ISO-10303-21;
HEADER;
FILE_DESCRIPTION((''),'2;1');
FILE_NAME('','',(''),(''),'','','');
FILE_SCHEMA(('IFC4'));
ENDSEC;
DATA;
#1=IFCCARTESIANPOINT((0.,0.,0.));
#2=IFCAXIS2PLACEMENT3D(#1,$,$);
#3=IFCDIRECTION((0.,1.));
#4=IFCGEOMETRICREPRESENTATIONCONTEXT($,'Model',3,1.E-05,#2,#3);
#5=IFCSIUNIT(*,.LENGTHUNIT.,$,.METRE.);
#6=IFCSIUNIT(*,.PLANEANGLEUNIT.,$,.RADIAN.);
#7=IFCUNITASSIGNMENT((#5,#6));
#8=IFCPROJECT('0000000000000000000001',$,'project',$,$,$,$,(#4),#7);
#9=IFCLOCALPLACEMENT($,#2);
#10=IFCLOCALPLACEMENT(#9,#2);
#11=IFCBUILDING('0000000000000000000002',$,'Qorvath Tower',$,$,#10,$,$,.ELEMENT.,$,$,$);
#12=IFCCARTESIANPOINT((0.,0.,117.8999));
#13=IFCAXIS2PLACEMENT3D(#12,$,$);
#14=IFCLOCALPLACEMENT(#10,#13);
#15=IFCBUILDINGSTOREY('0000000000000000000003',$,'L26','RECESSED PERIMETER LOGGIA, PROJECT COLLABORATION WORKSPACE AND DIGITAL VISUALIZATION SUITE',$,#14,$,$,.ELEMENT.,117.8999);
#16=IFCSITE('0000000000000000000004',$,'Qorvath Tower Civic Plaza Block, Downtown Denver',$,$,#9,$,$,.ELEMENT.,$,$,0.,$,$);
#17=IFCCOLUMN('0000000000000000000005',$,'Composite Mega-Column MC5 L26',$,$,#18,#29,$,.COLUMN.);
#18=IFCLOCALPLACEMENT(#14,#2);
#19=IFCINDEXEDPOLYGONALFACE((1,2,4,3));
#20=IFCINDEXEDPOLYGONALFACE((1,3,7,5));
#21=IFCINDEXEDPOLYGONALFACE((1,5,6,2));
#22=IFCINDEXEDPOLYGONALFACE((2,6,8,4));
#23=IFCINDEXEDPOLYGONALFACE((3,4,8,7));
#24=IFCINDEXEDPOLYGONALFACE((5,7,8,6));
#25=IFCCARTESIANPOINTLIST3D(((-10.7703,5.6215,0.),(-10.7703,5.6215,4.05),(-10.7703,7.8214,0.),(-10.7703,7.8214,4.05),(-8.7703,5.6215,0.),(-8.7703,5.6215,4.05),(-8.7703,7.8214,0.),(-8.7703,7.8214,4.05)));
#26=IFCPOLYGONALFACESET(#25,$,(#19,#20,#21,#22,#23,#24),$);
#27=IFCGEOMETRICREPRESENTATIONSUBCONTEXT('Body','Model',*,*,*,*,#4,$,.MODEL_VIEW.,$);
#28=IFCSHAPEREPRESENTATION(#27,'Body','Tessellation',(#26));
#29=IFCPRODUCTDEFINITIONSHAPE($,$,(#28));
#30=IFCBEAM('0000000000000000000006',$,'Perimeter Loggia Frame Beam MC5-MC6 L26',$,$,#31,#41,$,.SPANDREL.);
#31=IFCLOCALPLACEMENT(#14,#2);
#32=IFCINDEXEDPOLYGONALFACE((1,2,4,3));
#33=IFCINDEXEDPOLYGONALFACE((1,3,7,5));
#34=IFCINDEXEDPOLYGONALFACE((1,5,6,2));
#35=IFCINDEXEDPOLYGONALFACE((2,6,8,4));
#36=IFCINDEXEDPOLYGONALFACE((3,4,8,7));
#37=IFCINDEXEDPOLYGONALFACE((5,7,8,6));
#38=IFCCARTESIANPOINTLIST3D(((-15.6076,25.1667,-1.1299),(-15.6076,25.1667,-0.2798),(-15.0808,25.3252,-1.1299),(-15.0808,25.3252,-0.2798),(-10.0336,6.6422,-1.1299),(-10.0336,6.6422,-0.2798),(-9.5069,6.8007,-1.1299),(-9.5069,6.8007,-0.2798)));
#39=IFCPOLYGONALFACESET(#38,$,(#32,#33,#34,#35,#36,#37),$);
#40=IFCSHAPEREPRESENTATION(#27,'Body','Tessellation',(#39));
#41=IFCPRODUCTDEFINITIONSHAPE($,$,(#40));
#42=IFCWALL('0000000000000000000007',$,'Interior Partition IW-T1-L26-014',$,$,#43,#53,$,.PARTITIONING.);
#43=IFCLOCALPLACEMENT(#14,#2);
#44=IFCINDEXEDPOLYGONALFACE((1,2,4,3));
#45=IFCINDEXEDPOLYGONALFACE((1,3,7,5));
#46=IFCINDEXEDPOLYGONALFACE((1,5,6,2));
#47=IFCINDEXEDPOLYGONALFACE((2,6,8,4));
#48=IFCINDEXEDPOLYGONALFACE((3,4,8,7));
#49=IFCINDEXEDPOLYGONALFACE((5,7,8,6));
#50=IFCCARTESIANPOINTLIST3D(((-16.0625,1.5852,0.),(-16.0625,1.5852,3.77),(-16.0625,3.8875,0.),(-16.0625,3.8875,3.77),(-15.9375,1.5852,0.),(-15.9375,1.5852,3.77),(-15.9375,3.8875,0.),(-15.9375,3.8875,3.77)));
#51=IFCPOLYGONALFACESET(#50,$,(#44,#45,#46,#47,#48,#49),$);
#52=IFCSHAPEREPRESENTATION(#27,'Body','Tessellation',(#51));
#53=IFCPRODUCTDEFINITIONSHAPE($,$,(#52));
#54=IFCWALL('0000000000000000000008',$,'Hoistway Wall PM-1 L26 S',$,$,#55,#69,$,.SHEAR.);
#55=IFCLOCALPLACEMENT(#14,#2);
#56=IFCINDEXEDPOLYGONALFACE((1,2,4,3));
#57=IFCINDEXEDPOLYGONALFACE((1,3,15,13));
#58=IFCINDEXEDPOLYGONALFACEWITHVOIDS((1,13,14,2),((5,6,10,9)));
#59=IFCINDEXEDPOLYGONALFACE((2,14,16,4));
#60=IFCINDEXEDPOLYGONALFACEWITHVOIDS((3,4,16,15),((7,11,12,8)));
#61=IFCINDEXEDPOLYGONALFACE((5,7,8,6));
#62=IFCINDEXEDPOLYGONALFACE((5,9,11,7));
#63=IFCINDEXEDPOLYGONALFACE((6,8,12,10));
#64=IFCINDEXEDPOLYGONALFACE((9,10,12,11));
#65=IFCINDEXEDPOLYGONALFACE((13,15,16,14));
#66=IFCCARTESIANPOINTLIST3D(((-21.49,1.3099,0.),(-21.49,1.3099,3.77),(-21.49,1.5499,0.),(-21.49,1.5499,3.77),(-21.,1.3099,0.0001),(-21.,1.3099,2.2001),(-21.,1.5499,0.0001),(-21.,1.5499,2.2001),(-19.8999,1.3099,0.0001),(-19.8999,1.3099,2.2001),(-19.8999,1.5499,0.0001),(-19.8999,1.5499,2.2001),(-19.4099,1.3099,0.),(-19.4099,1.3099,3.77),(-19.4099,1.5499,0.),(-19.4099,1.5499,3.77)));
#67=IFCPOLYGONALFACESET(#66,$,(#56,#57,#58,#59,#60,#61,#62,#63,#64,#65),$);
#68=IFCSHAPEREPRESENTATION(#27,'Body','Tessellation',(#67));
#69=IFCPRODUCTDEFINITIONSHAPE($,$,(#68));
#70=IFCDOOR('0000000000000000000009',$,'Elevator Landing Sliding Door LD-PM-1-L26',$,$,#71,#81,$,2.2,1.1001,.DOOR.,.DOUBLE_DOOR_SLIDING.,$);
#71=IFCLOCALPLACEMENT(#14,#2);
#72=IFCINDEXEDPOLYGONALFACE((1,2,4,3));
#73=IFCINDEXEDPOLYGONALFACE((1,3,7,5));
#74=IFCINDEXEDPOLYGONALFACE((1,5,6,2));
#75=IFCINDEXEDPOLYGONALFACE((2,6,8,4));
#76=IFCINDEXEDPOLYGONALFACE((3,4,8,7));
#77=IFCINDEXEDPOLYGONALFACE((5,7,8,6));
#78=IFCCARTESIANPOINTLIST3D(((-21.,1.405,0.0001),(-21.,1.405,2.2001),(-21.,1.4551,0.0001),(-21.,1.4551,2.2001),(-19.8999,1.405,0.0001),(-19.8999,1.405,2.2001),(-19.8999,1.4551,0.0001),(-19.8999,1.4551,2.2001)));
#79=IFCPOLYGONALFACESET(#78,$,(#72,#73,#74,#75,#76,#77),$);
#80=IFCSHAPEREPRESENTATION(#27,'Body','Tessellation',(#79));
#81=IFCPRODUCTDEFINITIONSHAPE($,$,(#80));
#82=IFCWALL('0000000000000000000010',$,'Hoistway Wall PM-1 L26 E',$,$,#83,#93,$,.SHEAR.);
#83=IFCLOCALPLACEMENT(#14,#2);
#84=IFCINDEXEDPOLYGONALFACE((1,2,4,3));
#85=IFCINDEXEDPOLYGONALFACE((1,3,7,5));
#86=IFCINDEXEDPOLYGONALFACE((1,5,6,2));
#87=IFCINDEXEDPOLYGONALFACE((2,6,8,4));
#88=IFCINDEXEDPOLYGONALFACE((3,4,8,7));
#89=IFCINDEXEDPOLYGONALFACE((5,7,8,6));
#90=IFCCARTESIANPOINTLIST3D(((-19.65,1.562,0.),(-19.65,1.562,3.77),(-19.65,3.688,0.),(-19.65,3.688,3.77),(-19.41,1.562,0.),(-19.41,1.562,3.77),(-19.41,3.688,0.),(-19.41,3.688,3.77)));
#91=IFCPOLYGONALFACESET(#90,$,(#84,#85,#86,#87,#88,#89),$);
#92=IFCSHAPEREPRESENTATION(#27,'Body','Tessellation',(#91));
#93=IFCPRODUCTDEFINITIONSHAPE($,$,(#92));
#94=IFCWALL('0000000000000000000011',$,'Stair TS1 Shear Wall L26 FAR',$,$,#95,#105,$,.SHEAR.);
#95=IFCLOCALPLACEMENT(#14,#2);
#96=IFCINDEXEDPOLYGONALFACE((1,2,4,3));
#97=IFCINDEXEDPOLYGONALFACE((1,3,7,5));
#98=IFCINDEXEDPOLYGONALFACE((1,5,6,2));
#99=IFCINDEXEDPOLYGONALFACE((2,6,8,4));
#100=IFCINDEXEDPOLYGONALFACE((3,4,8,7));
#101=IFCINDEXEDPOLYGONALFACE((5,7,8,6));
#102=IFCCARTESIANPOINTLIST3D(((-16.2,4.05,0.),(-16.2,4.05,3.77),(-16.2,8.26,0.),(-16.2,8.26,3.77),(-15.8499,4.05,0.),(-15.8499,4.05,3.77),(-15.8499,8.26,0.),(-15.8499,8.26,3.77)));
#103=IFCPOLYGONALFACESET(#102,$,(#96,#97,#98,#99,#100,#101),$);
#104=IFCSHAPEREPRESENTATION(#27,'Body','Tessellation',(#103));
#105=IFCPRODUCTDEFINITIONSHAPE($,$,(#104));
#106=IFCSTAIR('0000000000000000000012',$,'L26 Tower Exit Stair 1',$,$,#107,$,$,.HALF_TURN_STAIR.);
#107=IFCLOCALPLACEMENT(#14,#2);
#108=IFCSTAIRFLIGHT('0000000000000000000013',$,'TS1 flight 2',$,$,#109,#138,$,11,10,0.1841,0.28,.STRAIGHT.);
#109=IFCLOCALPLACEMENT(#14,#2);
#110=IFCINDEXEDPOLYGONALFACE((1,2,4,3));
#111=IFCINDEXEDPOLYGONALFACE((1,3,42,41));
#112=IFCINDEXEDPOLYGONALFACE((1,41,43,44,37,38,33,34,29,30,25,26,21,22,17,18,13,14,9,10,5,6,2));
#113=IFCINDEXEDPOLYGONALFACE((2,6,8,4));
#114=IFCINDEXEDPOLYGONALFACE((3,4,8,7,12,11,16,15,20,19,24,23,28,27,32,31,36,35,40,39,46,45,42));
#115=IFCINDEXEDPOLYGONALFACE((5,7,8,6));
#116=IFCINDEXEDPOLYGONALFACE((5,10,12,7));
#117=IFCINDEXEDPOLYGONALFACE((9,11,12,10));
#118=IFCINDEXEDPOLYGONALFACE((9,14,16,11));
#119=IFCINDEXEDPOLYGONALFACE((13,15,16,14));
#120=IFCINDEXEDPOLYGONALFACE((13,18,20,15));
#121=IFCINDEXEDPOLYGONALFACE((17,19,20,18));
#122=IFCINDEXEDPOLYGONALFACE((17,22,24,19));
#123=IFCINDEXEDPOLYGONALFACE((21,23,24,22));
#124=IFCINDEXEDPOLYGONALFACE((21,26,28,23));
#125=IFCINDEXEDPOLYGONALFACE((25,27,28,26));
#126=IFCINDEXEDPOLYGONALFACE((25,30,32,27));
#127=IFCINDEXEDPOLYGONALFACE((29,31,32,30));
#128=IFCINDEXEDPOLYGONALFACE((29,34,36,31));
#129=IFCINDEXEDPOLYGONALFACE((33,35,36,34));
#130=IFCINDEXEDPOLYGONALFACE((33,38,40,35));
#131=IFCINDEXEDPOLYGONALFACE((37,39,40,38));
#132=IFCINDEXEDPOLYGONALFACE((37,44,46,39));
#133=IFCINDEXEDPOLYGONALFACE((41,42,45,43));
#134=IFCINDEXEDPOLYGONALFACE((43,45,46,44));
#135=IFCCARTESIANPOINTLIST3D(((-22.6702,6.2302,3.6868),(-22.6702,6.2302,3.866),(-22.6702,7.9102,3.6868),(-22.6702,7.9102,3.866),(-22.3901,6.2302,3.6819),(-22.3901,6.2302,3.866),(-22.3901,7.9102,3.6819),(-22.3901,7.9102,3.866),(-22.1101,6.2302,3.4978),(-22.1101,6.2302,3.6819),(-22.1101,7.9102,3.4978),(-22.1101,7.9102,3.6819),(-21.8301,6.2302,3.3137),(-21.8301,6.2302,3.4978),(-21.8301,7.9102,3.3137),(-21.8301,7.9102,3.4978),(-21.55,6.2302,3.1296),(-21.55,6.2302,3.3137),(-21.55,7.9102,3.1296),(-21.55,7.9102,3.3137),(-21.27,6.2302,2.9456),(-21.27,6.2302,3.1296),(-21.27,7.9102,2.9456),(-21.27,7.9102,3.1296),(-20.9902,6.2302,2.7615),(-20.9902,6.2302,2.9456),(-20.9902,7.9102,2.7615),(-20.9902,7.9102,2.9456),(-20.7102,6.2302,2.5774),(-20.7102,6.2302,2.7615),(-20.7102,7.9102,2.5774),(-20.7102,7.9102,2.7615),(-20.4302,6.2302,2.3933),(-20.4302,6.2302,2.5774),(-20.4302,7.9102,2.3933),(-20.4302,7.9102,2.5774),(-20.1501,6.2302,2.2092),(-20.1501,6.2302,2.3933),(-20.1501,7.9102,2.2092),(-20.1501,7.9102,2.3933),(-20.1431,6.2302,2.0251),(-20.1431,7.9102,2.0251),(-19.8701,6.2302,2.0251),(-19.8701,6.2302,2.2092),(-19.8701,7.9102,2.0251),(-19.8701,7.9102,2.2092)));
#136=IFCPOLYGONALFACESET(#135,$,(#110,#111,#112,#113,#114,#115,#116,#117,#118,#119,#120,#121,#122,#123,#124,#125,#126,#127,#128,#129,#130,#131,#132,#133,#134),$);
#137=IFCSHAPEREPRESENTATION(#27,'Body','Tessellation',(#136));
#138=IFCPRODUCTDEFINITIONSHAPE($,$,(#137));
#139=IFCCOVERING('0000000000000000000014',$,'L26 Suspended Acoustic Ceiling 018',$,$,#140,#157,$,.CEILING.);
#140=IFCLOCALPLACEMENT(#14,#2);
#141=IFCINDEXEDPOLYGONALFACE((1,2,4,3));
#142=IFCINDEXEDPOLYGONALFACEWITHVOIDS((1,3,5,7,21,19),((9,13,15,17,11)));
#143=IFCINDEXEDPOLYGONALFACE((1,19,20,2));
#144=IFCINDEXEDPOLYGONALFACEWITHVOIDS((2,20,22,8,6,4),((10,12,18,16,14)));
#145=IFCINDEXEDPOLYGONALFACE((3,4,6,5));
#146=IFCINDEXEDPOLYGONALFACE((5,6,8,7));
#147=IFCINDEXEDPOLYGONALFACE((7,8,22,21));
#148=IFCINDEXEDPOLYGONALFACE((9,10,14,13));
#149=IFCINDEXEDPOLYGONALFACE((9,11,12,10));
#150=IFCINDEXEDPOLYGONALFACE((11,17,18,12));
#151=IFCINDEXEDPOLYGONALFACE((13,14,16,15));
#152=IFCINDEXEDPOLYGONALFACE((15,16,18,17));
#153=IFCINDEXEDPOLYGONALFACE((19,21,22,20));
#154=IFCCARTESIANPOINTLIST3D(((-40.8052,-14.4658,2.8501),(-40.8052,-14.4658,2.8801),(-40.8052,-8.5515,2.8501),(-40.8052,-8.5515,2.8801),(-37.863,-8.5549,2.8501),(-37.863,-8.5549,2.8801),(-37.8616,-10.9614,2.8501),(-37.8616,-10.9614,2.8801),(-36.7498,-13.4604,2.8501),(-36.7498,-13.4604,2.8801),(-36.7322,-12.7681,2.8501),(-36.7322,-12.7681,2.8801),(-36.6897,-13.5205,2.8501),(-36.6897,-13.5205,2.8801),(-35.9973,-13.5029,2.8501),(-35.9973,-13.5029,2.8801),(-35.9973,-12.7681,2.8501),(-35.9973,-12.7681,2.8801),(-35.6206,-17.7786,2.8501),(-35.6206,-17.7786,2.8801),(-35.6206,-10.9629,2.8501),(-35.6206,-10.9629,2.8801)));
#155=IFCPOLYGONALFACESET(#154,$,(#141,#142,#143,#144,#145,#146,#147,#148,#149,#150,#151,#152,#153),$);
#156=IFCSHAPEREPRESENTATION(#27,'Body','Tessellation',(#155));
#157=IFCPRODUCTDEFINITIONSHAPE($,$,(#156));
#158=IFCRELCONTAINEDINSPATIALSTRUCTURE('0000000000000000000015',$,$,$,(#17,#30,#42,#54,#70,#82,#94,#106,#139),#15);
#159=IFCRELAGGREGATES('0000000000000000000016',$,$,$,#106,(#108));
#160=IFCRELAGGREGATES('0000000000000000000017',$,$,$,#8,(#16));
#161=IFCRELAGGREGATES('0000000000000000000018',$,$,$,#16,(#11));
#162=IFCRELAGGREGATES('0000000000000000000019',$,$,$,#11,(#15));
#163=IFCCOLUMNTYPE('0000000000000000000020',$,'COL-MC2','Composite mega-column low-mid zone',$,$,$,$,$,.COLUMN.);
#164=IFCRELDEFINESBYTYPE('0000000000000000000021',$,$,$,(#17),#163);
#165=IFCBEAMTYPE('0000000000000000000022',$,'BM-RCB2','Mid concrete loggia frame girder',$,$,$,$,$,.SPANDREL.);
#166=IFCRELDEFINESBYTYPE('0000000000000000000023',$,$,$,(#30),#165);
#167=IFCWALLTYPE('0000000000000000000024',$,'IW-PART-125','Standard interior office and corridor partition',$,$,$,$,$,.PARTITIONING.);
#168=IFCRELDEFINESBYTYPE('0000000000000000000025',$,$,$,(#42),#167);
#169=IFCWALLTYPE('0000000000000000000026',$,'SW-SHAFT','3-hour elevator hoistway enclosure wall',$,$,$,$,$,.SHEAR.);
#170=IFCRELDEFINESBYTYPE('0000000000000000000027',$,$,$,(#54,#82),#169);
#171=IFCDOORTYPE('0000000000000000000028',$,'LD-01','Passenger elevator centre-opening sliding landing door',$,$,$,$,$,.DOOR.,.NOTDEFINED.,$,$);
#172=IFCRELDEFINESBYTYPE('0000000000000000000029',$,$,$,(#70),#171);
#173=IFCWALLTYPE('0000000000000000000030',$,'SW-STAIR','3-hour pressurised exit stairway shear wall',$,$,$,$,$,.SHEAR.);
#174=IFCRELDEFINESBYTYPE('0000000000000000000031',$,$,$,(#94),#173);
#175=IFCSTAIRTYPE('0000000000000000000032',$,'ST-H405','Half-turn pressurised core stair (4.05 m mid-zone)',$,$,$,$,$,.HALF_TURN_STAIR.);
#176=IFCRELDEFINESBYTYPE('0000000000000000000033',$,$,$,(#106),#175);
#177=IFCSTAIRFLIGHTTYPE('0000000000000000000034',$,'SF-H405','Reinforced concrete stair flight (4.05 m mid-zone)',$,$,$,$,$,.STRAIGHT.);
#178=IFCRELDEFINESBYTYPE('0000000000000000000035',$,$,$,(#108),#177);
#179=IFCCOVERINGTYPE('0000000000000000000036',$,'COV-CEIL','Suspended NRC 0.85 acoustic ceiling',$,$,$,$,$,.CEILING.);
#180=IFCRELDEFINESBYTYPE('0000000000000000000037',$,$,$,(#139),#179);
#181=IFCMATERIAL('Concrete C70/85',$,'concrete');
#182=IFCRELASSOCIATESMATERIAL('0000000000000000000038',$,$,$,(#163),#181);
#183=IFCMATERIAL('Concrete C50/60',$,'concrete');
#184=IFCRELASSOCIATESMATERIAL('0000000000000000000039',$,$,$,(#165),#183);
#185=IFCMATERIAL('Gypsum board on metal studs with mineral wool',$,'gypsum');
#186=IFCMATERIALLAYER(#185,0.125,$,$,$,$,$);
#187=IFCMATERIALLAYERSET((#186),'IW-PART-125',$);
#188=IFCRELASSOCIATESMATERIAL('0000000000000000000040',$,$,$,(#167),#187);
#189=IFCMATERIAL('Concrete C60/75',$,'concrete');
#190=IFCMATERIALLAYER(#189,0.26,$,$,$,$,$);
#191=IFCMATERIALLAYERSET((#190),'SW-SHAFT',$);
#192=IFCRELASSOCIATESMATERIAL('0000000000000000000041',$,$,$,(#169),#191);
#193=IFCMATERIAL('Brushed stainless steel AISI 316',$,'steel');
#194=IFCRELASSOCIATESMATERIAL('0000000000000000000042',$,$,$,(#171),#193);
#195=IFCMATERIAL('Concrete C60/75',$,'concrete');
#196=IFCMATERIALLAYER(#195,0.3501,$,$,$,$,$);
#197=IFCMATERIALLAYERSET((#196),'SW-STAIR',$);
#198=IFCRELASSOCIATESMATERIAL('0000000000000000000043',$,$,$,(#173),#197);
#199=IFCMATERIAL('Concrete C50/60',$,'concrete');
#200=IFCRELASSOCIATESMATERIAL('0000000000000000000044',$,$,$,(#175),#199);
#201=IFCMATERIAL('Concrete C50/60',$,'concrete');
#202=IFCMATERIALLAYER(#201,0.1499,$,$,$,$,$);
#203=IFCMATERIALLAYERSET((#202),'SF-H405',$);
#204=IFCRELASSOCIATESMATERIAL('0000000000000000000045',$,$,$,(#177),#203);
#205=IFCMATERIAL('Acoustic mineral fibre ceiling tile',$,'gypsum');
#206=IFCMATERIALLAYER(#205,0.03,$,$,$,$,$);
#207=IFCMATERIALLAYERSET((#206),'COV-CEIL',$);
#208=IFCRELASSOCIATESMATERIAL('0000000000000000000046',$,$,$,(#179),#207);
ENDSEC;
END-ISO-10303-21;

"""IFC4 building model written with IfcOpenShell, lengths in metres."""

from ifc_helpers import new_model, si_unit, direction, frame, frame_2d, origin, origin_2d, place, context, subcontext, project, spatial, polyline, rectangle, outline, extrude, material, layer, layer_set, material_profile, profile_set, type_object, element, fill, aggregate, save


model = new_model("IFC4")

# Units and contexts
model_context = context("Model", 3, precision=1e-05, world=origin(), true_north=direction((0.0, 1.0)))
body_context = subcontext(model_context, "Body", "Model", "MODEL_VIEW")
ifc_project = project(units=[si_unit("LENGTHUNIT", "METRE"), si_unit("PLANEANGLEUNIT", "RADIAN")], contexts=[model_context])

# Site, building, storey
site_placement = place(None, origin())
site = spatial("IfcSite", under=ifc_project, at=site_placement, Name="Qorvath Tower Civic Plaza Block, Downtown Denver", CompositionType="ELEMENT", RefElevation=0.0)
building_placement = place(site_placement, origin())
building = spatial("IfcBuilding", under=site, at=building_placement, Name="Qorvath Tower", CompositionType="ELEMENT")
storey_placement = place(building_placement, frame((0.0, 0.0, 117.8999)))
storey = spatial("IfcBuildingStorey", under=building, at=storey_placement, Name="L26", Description="RECESSED PERIMETER LOGGIA, PROJECT COLLABORATION WORKSPACE AND DIGITAL VISUALIZATION SUITE", CompositionType="ELEMENT", Elevation=117.8999)

# Column
ifc_material_1 = material(Name="Concrete C70/85", Category="concrete")
ifc_material_profile_1 = material_profile(ifc_material_1, rectangle(XDim=2.0, YDim=2.2, at=origin_2d()), Name="MC 2200x2000")
ifc_profile_set_1 = profile_set([ifc_material_profile_1], Name="Concrete C70/85")
column_type = type_object("IfcColumnType", Name="COL-MC2", Description="Composite mega-column low-mid zone", PredefinedType="COLUMN", material=ifc_profile_set_1)
column_placement = place(storey_placement, frame((-9.7703, 6.7214, 0.0), z_axis=(0.0, 0.0, 1.0), x_axis=(1.0, 0.0, 0.0)))
element("IfcColumn", 1, at=column_placement, inside=storey, type_object=column_type, Name="Composite Mega-Column MC5 L26", PredefinedType="COLUMN", context=body_context, shape_type="SweptSolid", body=[
    extrude(rectangle(XDim=2.0, YDim=2.2, at=origin_2d()), origin(), (0.0, 0.0, 1.0), 4.05),
])

# Beam
ifc_material_2 = material(Name="Concrete C50/60", Category="concrete")
ifc_material_profile_2 = material_profile(ifc_material_2, rectangle(XDim=0.55, YDim=0.8501, at=origin_2d()), Name="RCB 850x550")
ifc_profile_set_2 = profile_set([ifc_material_profile_2], Name="Concrete C50/60")
beam_type = type_object("IfcBeamType", Name="BM-RCB2", Description="Mid concrete loggia frame girder", PredefinedType="SPANDREL", material=ifc_profile_set_2)
beam_placement = place(storey_placement, frame((-9.7703, 6.7214, -0.7048), z_axis=(-0.288134, 0.95759, 0.0), x_axis=(-0.95759, -0.288134, 0.0)))
element("IfcBeam", 2, at=beam_placement, inside=storey, type_object=beam_type, Name="Perimeter Loggia Frame Beam MC5-MC6 L26", PredefinedType="SPANDREL", context=body_context, shape_type="SweptSolid", body=[
    extrude(rectangle(XDim=0.55, YDim=0.8501, at=origin_2d()), origin(), (0.0, 0.0, 1.0), 19.345),
])

# Shared definitions
ifc_material_3 = material(Name="Gypsum board on metal studs with mineral wool", Category="gypsum")
ifc_layer_1 = layer(ifc_material_3, 0.125)
ifc_layer_set_1 = layer_set([ifc_layer_1], Name="IW-PART-125")
wall_type_1 = type_object("IfcWallType", Name="IW-PART-125", Description="Standard interior office and corridor partition", PredefinedType="PARTITIONING", material=ifc_layer_set_1)

# Wall
wall_1_placement = place(storey_placement, frame((-16.0, 1.5852, 0.0), z_axis=(0.0, 0.0, 1.0), x_axis=(0.0, 1.0, 0.0)))
element("IfcWall", 3, at=wall_1_placement, inside=storey, type_object=wall_type_1, Name="Interior Partition IW-T1-L26-014", PredefinedType="PARTITIONING", context=body_context, shape_type="SweptSolid", body=[
    extrude(rectangle(XDim=2.3022, YDim=0.125, at=frame_2d((1.1511, 0.0))), origin(), (0.0, 0.0, 1.0), 3.77),
])

# Wall, opening, door
ifc_material_4 = material(Name="Concrete C60/75", Category="concrete")
ifc_layer_2 = layer(ifc_material_4, 0.26)
ifc_layer_set_2 = layer_set([ifc_layer_2], Name="SW-SHAFT")
wall_type_2 = type_object("IfcWallType", Name="SW-SHAFT", Description="3-hour elevator hoistway enclosure wall", PredefinedType="SHEAR", material=ifc_layer_set_2)
wall_2_placement = place(storey_placement, frame((-19.4099, 1.4299, 0.0), z_axis=(0.0, 0.0, 1.0), x_axis=(-1.0, 0.0, 0.0)))
wall_2 = element("IfcWall", 4, at=wall_2_placement, inside=storey, type_object=wall_type_2, Name="Hoistway Wall PM-1 L26 S", PredefinedType="SHEAR", context=body_context, shape_type="SweptSolid", body=[
    extrude(rectangle(XDim=2.0801, YDim=0.24, at=frame_2d((1.04, 0.0))), origin(), (0.0, 0.0, 1.0), 3.77),
])
opening_1_placement = place(wall_2_placement, frame((0.49, 0.0, 0.0)))
opening_1 = element("IfcOpeningElement", 5, at=opening_1_placement, cuts=wall_2, PredefinedType="OPENING", context=body_context, shape_type="SweptSolid", body=[
    extrude(rectangle(XDim=1.1001, YDim=2.2, at=frame_2d((0.55, 1.1001))), frame((0.0, 0.1299, 0.0), z_axis=(0.0, -1.0, 0.0), x_axis=(1.0, 0.0, 0.0)), (0.0, 0.0, 1.0), 0.26),
])
ifc_material_5 = material(Name="Brushed stainless steel AISI 316", Category="steel")
door_type_1 = type_object("IfcDoorType", Name="LD-01", Description="Passenger elevator centre-opening sliding landing door", OperationType="NOTDEFINED", PredefinedType="DOOR", material=ifc_material_5)
door_1_placement = place(opening_1_placement, origin())
door_1 = element("IfcDoor", 6, at=door_1_placement, inside=storey, type_object=door_type_1, Name="Elevator Landing Sliding Door LD-PM-1-L26", OperationType="DOUBLE_DOOR_SLIDING", OverallHeight=2.2, OverallWidth=1.1001, PredefinedType="DOOR", context=body_context, shape_type="SweptSolid", body=[
    extrude(rectangle(XDim=1.1001, YDim=2.2, at=frame_2d((0.55, 1.1001))), frame((0.0, 0.0249, 0.0), z_axis=(0.0, -1.0, 0.0), x_axis=(1.0, 0.0, 0.0)), (0.0, 0.0, 1.0), 0.05),
])
fill(opening_1, door_1)

# Walls
wall_3_placement = place(storey_placement, frame((-19.53, 3.688, 0.0), z_axis=(0.0, 0.0, 1.0), x_axis=(0.0, -1.0, 0.0)))
element("IfcWall", 7, at=wall_3_placement, inside=storey, type_object=wall_type_2, Name="Hoistway Wall PM-1 L26 E", PredefinedType="SHEAR", context=body_context, shape_type="SweptSolid", body=[
    extrude(rectangle(XDim=2.126, YDim=0.24, at=frame_2d((1.063, 0.0))), origin(), (0.0, 0.0, 1.0), 3.77),
])
ifc_material_6 = material(Name="Concrete C60/75", Category="concrete")
ifc_layer_3 = layer(ifc_material_6, 0.3501)
ifc_layer_set_3 = layer_set([ifc_layer_3], Name="SW-STAIR")
wall_type_3 = type_object("IfcWallType", Name="SW-STAIR", Description="3-hour pressurised exit stairway shear wall", PredefinedType="SHEAR", material=ifc_layer_set_3)
wall_4_placement = place(storey_placement, frame((-16.0249, 4.05, 0.0), z_axis=(0.0, 0.0, 1.0), x_axis=(0.0, 1.0, 0.0)))
element("IfcWall", 8, at=wall_4_placement, inside=storey, type_object=wall_type_3, Name="Stair TS1 Shear Wall L26 FAR", PredefinedType="SHEAR", context=body_context, shape_type="SweptSolid", body=[
    extrude(rectangle(XDim=4.21, YDim=0.3501, at=frame_2d((2.105, 0.0))), origin(), (0.0, 0.0, 1.0), 3.77),
])

# Stair, stair flight
ifc_material_7 = material(Name="Concrete C50/60", Category="concrete")
stair_type = type_object("IfcStairType", Name="ST-H405", Description="Half-turn pressurised core stair (4.05 m mid-zone)", PredefinedType="HALF_TURN_STAIR", material=ifc_material_7)
stair_placement = place(storey_placement, origin())
stair = element("IfcStair", 9, at=stair_placement, inside=storey, type_object=stair_type, Name="L26 Tower Exit Stair 1", PredefinedType="HALF_TURN_STAIR")
ifc_material_8 = material(Name="Concrete C50/60", Category="concrete")
ifc_layer_4 = layer(ifc_material_8, 0.1499)
ifc_layer_set_4 = layer_set([ifc_layer_4], Name="SF-H405")
stair_flight_type = type_object("IfcStairFlightType", Name="SF-H405", Description="Reinforced concrete stair flight (4.05 m mid-zone)", PredefinedType="STRAIGHT", material=ifc_layer_set_4)
stair_flight_placement = place(storey_placement, frame((-19.8701, 7.0701, 2.0251), z_axis=(0.0, 0.0, 1.0), x_axis=(-1.0, 0.0, 0.0)))
stair_flight = element("IfcStairFlight", 10, at=stair_flight_placement, type_object=stair_flight_type, Name="TS1 flight 2", NumberOfRisers=11, NumberOfTreads=10, PredefinedType="STRAIGHT", RiserHeight=0.1841, TreadLength=0.28, context=body_context, shape_type="SweptSolid", body=[
    extrude(outline(polyline([(0.0, 0.0), (0.0, 0.1841), (0.28, 0.1841), (0.28, 0.3682), (0.5601, 0.3682), (0.5601, 0.5522), (0.8401, 0.5522), (0.8401, 0.7363), (1.1201, 0.7363), (1.1201, 0.9204), (1.3999, 0.9204), (1.3999, 1.1045), (1.6799, 1.1045), (1.6799, 1.2886), (1.96, 1.2886), (1.96, 1.4727), (2.24, 1.4727), (2.24, 1.6567), (2.52, 1.6567), (2.52, 1.8408), (2.8, 1.8408), (2.8, 2.0249), (2.8, 1.6616), (0.2729, 0.0), (0.0, 0.0)])), frame((0.0, 0.8398, 0.0), z_axis=(0.0, -1.0, 0.0), x_axis=(1.0, 0.0, 0.0)), (0.0, 0.0, 1.0), 1.6799),
])
aggregate(stair, [stair_flight])

# Covering
ifc_material_9 = material(Name="Acoustic mineral fibre ceiling tile", Category="gypsum")
ifc_layer_5 = layer(ifc_material_9, 0.03)
ifc_layer_set_5 = layer_set([ifc_layer_5], Name="COV-CEIL")
covering_type_1 = type_object("IfcCoveringType", Name="COV-CEIL", Description="Suspended NRC 0.85 acoustic ceiling", PredefinedType="CEILING", material=ifc_layer_set_5)
covering_1_placement = place(storey_placement, frame((0.0, 0.0, 2.8501)))
element("IfcCovering", 11, at=covering_1_placement, inside=storey, type_object=covering_type_1, Name="L26 Suspended Acoustic Ceiling 018", PredefinedType="CEILING", context=body_context, shape_type="SweptSolid", body=[
    extrude(outline(polyline([(-40.8052, -8.5515), (-40.8052, -14.4658), (-35.6206, -17.7786), (-35.6206, -10.9629), (-37.8616, -10.9614), (-37.863, -8.5549), (-40.8052, -8.5515)]), holes=[polyline([(-36.7498, -13.4604), (-36.7322, -12.7681), (-35.9973, -12.7681), (-35.9973, -13.5029), (-36.6897, -13.5205), (-36.7498, -13.4604)])]), origin(), (0.0, 0.0, 1.0), 0.03),
])

save(model, "model.ifc")
